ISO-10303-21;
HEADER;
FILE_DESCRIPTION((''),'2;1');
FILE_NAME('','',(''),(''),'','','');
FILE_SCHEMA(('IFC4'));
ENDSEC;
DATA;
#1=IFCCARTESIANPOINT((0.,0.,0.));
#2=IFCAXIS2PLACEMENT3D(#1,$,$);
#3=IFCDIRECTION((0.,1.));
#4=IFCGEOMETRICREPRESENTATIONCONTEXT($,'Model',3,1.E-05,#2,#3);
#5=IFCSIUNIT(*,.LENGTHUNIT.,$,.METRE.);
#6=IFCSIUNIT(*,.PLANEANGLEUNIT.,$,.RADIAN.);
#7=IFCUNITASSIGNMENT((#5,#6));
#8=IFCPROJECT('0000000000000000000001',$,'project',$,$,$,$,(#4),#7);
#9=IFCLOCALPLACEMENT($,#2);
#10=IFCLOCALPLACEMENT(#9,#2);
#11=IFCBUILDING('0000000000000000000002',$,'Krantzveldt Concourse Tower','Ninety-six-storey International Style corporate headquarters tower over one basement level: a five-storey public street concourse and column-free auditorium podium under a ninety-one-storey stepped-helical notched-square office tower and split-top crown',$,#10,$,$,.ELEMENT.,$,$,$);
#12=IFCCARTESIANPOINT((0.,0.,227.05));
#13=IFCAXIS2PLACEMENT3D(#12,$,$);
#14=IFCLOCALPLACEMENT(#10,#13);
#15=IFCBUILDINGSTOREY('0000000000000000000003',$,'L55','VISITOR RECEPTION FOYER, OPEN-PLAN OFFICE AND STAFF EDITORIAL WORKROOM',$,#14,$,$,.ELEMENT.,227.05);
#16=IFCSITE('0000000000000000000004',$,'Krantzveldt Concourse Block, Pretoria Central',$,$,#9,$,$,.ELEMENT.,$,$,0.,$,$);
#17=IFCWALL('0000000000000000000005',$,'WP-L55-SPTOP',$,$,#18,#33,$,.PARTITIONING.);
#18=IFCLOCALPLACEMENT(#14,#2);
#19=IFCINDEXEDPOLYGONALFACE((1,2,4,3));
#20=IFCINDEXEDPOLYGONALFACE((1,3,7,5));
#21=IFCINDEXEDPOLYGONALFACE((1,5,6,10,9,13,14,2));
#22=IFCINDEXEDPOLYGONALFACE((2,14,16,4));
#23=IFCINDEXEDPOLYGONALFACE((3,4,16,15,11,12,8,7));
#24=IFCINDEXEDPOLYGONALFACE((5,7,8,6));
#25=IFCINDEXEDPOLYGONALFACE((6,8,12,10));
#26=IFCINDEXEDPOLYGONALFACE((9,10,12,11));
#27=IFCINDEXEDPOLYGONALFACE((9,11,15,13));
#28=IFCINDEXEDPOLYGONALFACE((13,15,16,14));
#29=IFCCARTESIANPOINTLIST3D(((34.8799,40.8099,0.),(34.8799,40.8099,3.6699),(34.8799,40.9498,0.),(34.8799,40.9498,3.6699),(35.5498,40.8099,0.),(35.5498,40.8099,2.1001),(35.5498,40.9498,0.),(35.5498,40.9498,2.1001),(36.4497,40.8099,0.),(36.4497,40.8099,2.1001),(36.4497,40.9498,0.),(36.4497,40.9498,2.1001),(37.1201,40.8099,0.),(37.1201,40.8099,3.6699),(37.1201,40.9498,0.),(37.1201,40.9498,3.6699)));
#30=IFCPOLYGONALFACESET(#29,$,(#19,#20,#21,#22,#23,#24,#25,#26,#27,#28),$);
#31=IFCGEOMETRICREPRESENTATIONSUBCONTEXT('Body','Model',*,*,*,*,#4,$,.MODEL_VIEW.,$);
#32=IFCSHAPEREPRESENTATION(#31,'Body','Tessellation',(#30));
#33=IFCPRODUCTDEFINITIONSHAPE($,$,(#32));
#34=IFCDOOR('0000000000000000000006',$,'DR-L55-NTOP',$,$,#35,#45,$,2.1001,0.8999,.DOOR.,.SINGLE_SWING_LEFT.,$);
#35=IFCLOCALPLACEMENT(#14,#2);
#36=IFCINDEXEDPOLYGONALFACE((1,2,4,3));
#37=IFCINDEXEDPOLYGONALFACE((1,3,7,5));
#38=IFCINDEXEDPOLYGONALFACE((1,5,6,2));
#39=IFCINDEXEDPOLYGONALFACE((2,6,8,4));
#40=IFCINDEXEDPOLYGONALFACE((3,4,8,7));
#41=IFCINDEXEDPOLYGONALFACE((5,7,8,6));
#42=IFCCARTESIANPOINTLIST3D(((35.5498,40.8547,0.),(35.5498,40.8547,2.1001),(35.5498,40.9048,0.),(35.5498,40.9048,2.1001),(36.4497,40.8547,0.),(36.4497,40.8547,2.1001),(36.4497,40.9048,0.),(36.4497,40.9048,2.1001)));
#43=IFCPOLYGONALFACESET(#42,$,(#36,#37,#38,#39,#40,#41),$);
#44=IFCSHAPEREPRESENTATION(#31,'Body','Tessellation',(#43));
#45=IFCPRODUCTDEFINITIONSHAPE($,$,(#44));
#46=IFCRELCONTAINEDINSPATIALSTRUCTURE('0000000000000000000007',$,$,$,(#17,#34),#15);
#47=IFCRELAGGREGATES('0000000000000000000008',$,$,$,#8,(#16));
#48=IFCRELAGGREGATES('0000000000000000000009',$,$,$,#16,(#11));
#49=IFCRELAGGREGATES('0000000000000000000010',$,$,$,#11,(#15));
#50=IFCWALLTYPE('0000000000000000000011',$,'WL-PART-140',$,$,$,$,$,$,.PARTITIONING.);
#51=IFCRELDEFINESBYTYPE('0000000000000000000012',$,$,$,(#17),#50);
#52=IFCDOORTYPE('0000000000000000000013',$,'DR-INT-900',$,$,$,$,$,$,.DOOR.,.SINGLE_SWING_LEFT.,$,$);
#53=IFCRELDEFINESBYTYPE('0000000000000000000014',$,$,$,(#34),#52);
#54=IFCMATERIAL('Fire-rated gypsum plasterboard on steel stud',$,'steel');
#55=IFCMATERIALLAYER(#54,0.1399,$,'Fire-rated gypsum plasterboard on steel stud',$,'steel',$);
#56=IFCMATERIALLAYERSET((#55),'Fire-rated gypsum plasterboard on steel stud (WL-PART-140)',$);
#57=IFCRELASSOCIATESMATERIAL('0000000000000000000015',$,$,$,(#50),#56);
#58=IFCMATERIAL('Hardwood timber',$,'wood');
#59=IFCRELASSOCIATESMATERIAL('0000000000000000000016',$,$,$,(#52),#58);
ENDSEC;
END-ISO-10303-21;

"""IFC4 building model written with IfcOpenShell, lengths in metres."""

from ifc_helpers import new_model, si_unit, direction, frame, frame_2d, origin, place, context, subcontext, project, spatial, rectangle, extrude, material, layer, layer_set, type_object, element, fill, save


model = new_model("IFC4")

# Units and contexts
model_context = context("Model", 3, precision=1e-05, world=origin(), true_north=direction((0.0, 1.0)))
body_context = subcontext(model_context, "Body", "Model", "MODEL_VIEW")
ifc_project = project(units=[si_unit("LENGTHUNIT", "METRE"), si_unit("PLANEANGLEUNIT", "RADIAN")], contexts=[model_context])

# Site, building, storey
site_placement = place(None, origin())
site = spatial("IfcSite", under=ifc_project, at=site_placement, Name="Krantzveldt Concourse Block, Pretoria Central", CompositionType="ELEMENT", RefElevation=0.0)
building_placement = place(site_placement, origin())
building = spatial("IfcBuilding", under=site, at=building_placement, Name="Krantzveldt Concourse Tower", Description="Ninety-six-storey International Style corporate headquarters tower over one basement level: a five-storey public street concourse and column-free auditorium podium under a ninety-one-storey stepped-helical notched-square office tower and split-top crown", CompositionType="ELEMENT")
storey_placement = place(building_placement, frame((0.0, 0.0, 227.05)))
storey = spatial("IfcBuildingStorey", under=building, at=storey_placement, Name="L55", Description="VISITOR RECEPTION FOYER, OPEN-PLAN OFFICE AND STAFF EDITORIAL WORKROOM", CompositionType="ELEMENT", Elevation=227.05)

# Shared definitions
ifc_material_1 = material(Name="Fire-rated gypsum plasterboard on steel stud", Category="steel")

# Wall, opening, door
ifc_layer_1 = layer(ifc_material_1, 0.1399, Name="Fire-rated gypsum plasterboard on steel stud", Category="steel")
ifc_layer_set_1 = layer_set([ifc_layer_1], Name="Fire-rated gypsum plasterboard on steel stud (WL-PART-140)")
wall_type_1 = type_object("IfcWallType", Name="WL-PART-140", PredefinedType="PARTITIONING", material=ifc_layer_set_1)
wall_1_placement = place(storey_placement, frame((34.8799, 40.8799, 0.0), z_axis=(0.0, 0.0, 1.0), x_axis=(1.0, 0.0, 0.0)))
wall_1 = element("IfcWall", 1, at=wall_1_placement, inside=storey, type_object=wall_type_1, Name="WP-L55-SPTOP", PredefinedType="PARTITIONING", context=body_context, shape_type="SweptSolid", body=[
    extrude(rectangle(XDim=2.2402, YDim=0.1399, at=frame_2d((1.1201, 0.0))), origin(), (0.0, 0.0, 1.0), 3.6699),
])
opening_placement = place(wall_1_placement, frame((0.6699, 0.0, 0.0)))
opening = element("IfcOpeningElement", 2, at=opening_placement, cuts=wall_1, PredefinedType="OPENING", context=body_context, shape_type="SweptSolid", body=[
    extrude(rectangle(XDim=0.8999, YDim=2.1001, at=frame_2d((0.45, 1.05))), frame((0.0, 0.0801, 0.0), z_axis=(0.0, -1.0, 0.0), x_axis=(1.0, 0.0, 0.0)), (0.0, 0.0, 1.0), 0.1599),
])
ifc_material_2 = material(Name="Hardwood timber", Category="wood")
door_type = type_object("IfcDoorType", Name="DR-INT-900", OperationType="SINGLE_SWING_LEFT", PredefinedType="DOOR", material=ifc_material_2)
door_placement = place(opening_placement, origin())
door = element("IfcDoor", 3, at=door_placement, inside=storey, type_object=door_type, Name="DR-L55-NTOP", OperationType="SINGLE_SWING_LEFT", OverallHeight=2.1001, OverallWidth=0.8999, PredefinedType="DOOR", context=body_context, shape_type="SweptSolid", body=[
    extrude(rectangle(XDim=0.8999, YDim=2.1001, at=frame_2d((0.45, 1.05))), frame((0.0, 0.0249, 0.0), z_axis=(0.0, -1.0, 0.0), x_axis=(1.0, 0.0, 0.0)), (0.0, 0.0, 1.0), 0.05),
])
fill(opening, door)

save(model, "model.ifc")
